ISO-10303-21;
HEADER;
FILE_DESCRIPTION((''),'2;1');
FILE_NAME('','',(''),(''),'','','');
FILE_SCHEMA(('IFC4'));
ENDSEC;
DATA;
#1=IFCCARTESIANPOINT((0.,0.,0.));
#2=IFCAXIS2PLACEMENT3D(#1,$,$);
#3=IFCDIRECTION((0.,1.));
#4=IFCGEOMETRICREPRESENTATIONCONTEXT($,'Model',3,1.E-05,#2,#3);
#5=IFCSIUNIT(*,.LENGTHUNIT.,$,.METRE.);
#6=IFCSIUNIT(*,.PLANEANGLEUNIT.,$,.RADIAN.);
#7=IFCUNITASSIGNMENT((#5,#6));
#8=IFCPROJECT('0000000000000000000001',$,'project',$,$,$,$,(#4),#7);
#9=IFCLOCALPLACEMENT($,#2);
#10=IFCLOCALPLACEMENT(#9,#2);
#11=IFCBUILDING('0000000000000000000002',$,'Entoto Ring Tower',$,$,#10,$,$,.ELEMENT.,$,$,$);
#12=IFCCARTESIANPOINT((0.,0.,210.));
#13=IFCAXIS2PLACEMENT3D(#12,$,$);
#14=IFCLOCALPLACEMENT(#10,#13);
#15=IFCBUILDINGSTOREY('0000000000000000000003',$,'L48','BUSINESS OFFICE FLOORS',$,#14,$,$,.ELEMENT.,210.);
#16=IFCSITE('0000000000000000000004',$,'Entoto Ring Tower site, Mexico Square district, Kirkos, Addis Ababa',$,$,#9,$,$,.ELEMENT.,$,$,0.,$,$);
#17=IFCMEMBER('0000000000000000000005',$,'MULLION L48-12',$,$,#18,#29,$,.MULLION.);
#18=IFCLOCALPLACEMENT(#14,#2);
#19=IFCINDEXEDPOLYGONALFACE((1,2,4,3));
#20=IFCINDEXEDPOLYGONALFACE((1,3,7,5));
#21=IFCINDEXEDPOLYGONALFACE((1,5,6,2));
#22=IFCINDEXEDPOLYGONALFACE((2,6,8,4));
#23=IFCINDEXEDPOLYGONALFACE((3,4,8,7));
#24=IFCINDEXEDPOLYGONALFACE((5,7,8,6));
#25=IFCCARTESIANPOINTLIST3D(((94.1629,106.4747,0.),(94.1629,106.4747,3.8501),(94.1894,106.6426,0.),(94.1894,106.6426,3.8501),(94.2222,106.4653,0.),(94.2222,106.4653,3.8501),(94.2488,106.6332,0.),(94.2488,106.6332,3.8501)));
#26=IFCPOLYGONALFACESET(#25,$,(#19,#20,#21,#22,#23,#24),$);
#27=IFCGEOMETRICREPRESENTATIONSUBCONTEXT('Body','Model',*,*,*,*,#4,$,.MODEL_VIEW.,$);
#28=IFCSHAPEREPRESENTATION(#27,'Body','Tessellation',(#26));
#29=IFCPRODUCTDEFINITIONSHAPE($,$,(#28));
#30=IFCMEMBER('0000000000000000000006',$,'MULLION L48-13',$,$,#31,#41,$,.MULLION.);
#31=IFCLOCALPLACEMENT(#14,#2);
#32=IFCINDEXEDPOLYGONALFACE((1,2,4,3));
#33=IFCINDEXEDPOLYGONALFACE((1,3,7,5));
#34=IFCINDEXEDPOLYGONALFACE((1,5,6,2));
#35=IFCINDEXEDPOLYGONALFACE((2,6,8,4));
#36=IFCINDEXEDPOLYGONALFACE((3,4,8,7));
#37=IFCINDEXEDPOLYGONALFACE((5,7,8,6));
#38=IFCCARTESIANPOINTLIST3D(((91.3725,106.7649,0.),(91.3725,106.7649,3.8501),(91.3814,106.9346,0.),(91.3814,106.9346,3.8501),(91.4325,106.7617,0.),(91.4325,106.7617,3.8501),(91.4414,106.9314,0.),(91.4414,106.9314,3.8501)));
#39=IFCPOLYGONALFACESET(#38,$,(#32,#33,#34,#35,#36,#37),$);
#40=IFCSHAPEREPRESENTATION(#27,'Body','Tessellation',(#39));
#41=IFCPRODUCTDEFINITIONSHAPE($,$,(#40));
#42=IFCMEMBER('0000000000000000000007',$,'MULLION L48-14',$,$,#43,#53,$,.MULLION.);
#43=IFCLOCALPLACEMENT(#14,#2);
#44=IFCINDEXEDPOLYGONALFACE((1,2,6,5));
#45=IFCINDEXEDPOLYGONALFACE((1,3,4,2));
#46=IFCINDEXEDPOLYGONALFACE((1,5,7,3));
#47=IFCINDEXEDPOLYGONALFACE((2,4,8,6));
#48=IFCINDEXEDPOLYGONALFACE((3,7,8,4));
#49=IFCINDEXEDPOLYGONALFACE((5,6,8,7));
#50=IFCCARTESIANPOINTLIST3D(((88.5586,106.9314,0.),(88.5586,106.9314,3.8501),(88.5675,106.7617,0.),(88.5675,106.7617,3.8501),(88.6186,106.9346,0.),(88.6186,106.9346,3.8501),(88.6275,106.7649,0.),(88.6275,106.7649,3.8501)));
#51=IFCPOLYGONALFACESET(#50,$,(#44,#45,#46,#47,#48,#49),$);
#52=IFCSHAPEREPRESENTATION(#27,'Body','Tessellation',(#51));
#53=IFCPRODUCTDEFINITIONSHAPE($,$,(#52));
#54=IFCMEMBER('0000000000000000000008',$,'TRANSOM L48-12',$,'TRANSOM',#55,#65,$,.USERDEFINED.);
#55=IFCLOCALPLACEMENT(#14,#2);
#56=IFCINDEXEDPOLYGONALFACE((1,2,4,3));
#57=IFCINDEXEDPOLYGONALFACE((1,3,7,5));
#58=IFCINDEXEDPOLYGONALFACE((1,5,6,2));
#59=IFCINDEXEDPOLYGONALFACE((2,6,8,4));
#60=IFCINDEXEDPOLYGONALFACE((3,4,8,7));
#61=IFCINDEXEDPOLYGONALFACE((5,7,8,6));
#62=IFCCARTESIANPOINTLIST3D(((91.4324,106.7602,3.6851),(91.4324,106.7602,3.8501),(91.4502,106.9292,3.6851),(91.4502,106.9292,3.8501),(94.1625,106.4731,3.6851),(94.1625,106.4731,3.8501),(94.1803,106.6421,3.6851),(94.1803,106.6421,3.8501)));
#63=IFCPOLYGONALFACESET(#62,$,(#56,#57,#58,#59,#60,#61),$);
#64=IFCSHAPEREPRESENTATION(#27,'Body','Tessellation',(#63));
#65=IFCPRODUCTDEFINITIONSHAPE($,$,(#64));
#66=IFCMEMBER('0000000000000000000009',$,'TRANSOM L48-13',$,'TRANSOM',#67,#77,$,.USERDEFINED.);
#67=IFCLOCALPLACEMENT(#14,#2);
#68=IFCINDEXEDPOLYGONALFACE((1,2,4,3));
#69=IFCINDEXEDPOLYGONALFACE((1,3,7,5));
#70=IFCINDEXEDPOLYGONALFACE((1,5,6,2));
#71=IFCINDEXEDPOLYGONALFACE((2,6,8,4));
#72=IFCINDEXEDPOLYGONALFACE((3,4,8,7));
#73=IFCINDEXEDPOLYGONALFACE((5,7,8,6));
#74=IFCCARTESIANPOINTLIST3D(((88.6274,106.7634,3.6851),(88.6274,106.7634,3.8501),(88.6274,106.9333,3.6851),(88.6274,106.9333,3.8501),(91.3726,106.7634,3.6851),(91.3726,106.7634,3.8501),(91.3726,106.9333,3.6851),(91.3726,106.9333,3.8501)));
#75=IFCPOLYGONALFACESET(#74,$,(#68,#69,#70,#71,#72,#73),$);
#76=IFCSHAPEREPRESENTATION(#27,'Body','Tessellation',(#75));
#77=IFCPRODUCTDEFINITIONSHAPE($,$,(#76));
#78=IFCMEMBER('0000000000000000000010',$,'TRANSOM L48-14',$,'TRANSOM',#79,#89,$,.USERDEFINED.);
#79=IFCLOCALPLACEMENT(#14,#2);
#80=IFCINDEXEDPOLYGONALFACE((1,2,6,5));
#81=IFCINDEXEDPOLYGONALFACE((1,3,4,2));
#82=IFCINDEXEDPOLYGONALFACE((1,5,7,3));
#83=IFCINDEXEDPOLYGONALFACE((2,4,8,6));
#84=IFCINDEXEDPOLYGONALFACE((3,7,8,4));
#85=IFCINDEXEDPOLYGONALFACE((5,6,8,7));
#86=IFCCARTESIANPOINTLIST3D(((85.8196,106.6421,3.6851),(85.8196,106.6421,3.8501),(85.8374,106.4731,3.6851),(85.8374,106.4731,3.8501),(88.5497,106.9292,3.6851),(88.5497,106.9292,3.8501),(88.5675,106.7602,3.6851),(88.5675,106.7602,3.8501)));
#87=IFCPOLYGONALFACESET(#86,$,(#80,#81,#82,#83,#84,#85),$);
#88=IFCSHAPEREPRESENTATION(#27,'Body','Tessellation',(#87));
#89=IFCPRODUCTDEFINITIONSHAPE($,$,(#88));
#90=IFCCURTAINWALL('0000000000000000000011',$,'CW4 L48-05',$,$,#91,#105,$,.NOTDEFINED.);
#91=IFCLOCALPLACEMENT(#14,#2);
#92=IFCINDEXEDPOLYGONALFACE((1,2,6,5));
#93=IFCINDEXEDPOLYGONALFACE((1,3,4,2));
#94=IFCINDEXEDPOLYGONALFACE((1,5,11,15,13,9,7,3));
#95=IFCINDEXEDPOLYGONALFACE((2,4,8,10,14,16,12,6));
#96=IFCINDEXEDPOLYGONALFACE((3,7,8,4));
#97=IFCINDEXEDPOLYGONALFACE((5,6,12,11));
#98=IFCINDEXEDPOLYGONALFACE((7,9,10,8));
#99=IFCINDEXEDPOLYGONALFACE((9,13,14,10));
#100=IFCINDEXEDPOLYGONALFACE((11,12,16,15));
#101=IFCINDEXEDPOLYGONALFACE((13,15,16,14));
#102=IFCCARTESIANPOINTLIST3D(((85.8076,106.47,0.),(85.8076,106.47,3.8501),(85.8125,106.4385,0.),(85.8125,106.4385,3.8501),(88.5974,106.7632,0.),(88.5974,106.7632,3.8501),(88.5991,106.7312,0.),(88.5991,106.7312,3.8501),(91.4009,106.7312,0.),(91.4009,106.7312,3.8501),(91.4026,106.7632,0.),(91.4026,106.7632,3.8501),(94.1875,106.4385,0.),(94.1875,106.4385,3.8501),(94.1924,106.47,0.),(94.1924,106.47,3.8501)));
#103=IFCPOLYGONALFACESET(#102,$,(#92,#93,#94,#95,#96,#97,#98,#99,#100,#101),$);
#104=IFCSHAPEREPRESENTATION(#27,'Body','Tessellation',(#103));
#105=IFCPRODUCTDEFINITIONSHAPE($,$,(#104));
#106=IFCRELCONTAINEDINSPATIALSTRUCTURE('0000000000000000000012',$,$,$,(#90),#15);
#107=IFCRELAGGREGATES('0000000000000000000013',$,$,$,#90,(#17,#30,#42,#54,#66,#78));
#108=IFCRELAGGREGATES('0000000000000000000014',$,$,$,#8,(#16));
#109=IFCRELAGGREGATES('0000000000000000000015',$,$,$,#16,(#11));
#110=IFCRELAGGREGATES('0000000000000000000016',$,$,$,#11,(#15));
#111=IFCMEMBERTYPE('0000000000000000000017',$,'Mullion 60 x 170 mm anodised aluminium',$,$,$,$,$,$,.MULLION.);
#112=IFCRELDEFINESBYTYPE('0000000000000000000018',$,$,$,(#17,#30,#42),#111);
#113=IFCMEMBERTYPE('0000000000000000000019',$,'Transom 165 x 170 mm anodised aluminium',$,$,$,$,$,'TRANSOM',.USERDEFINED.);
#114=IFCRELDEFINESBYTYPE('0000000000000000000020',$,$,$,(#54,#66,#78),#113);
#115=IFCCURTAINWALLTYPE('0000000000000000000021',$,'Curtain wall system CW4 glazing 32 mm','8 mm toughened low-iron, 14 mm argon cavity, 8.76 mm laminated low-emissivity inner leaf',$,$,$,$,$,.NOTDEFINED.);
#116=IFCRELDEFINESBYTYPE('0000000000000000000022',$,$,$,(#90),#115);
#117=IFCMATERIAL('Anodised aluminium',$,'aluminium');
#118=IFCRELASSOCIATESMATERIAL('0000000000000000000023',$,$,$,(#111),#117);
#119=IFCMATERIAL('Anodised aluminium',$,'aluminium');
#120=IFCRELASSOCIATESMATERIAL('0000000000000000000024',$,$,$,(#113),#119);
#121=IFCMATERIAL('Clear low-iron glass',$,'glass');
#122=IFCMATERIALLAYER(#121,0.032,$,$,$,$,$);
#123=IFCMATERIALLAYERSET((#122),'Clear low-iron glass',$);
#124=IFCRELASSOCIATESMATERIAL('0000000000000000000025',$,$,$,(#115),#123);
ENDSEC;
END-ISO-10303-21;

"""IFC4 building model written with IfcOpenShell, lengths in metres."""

from ifc_helpers import new_model, si_unit, direction, frame, origin, origin_2d, place, context, subcontext, project, spatial, polyline, rectangle, outline, extrude, material, layer, layer_set, material_profile, profile_set, type_object, element, aggregate, save


model = new_model("IFC4")

# Units and contexts
model_context = context("Model", 3, precision=1e-05, world=origin(), true_north=direction((0.0, 1.0)))
body_context = subcontext(model_context, "Body", "Model", "MODEL_VIEW")
ifc_project = project(units=[si_unit("LENGTHUNIT", "METRE"), si_unit("PLANEANGLEUNIT", "RADIAN")], contexts=[model_context])

# Members
ifc_material_1 = material(Name="Anodised aluminium", Category="aluminium")
ifc_material_profile_1 = material_profile(ifc_material_1, rectangle(XDim=0.0601, YDim=0.1699, at=origin_2d()), Name="Mullion 60 x 170 mm anodised aluminium")
ifc_profile_set_1 = profile_set([ifc_material_profile_1], Name="Anodised aluminium")
member_type_1 = type_object("IfcMemberType", Name="Mullion 60 x 170 mm anodised aluminium", PredefinedType="MULLION", material=ifc_profile_set_1)
site_placement = place(None, origin())
building_placement = place(site_placement, origin())
storey_placement = place(building_placement, frame((0.0, 0.0, 210.0)))
member_1_placement = place(storey_placement, frame((94.2058, 106.554, 0.0), z_axis=(0.0, 0.0, 1.0), x_axis=(-0.987688, 0.156434, 0.0)))
member_1 = element("IfcMember", 1, at=member_1_placement, type_object=member_type_1, Name="MULLION L48-12", PredefinedType="MULLION", context=body_context, shape_type="SweptSolid", body=[
    extrude(rectangle(XDim=0.0601, YDim=0.1699, at=origin_2d()), origin(), (0.0, 0.0, 1.0), 3.8501),
])
member_2_placement = place(storey_placement, frame((91.407, 106.8481, 0.0), z_axis=(0.0, 0.0, 1.0), x_axis=(-0.99863, 0.052336, 0.0)))
member_2 = element("IfcMember", 2, at=member_2_placement, type_object=member_type_1, Name="MULLION L48-13", PredefinedType="MULLION", context=body_context, shape_type="SweptSolid", body=[
    extrude(rectangle(XDim=0.0601, YDim=0.1699, at=origin_2d()), origin(), (0.0, 0.0, 1.0), 3.8501),
])
member_3_placement = place(storey_placement, frame((88.593, 106.8481, 0.0), z_axis=(0.0, 0.0, 1.0), x_axis=(-0.99863, -0.052336, 0.0)))
member_3 = element("IfcMember", 3, at=member_3_placement, type_object=member_type_1, Name="MULLION L48-14", PredefinedType="MULLION", context=body_context, shape_type="SweptSolid", body=[
    extrude(rectangle(XDim=0.0601, YDim=0.1699, at=origin_2d()), origin(), (0.0, 0.0, 1.0), 3.8501),
])
ifc_material_2 = material(Name="Anodised aluminium", Category="aluminium")
ifc_material_profile_2 = material_profile(ifc_material_2, rectangle(XDim=0.1699, YDim=0.165, at=origin_2d()), Name="Transom 165 x 170 mm anodised aluminium")
ifc_profile_set_2 = profile_set([ifc_material_profile_2], Name="Anodised aluminium")
member_type_2 = type_object("IfcMemberType", Name="Transom 165 x 170 mm anodised aluminium", ElementType="TRANSOM", PredefinedType="USERDEFINED", material=ifc_profile_set_2)
member_4_placement = place(storey_placement, frame((94.1714, 106.5576, 3.7676), z_axis=(-0.994515, 0.104592, 0.0), x_axis=(-0.104592, -0.994515, 0.0)))
member_4 = element("IfcMember", 4, at=member_4_placement, type_object=member_type_2, Name="TRANSOM L48-12", ObjectType="TRANSOM", PredefinedType="USERDEFINED", context=body_context, shape_type="SweptSolid", body=[
    extrude(rectangle(XDim=0.1699, YDim=0.165, at=origin_2d()), origin(), (0.0, 0.0, 1.0), 2.7451),
])
member_5_placement = place(storey_placement, frame((91.3726, 106.8484, 3.7676), z_axis=(-1.0, 0.0, 0.0), x_axis=(0.0, -1.0, 0.0)))
member_5 = element("IfcMember", 5, at=member_5_placement, type_object=member_type_2, Name="TRANSOM L48-13", ObjectType="TRANSOM", PredefinedType="USERDEFINED", context=body_context, shape_type="SweptSolid", body=[
    extrude(rectangle(XDim=0.1699, YDim=0.165, at=origin_2d()), origin(), (0.0, 0.0, 1.0), 2.7451),
])
member_6_placement = place(storey_placement, frame((88.5586, 106.8447, 3.7676), z_axis=(-0.994515, -0.104592, 0.0), x_axis=(0.104592, -0.994515, 0.0)))
member_6 = element("IfcMember", 6, at=member_6_placement, type_object=member_type_2, Name="TRANSOM L48-14", ObjectType="TRANSOM", PredefinedType="USERDEFINED", context=body_context, shape_type="SweptSolid", body=[
    extrude(rectangle(XDim=0.1699, YDim=0.165, at=origin_2d()), origin(), (0.0, 0.0, 1.0), 2.7451),
])

# Site, building, storey
site = spatial("IfcSite", under=ifc_project, at=site_placement, Name="Entoto Ring Tower site, Mexico Square district, Kirkos, Addis Ababa", CompositionType="ELEMENT", RefElevation=0.0)
building = spatial("IfcBuilding", under=site, at=building_placement, Name="Entoto Ring Tower", CompositionType="ELEMENT")
storey = spatial("IfcBuildingStorey", under=building, at=storey_placement, Name="L48", Description="BUSINESS OFFICE FLOORS", CompositionType="ELEMENT", Elevation=210.0)

# Curtain wall
ifc_material_3 = material(Name="Clear low-iron glass", Category="glass")
ifc_layer = layer(ifc_material_3, 0.032)
ifc_layer_set = layer_set([ifc_layer], Name="Clear low-iron glass")
curtain_wall_type = type_object("IfcCurtainWallType", Name="Curtain wall system CW4 glazing 32 mm", Description="8 mm toughened low-iron, 14 mm argon cavity, 8.76 mm laminated low-emissivity inner leaf", PredefinedType="NOTDEFINED", material=ifc_layer_set)
curtain_wall_1_placement = place(storey_placement, origin())
curtain_wall_1 = element("IfcCurtainWall", 7, at=curtain_wall_1_placement, inside=storey, type_object=curtain_wall_type, Name="CW4 L48-05", PredefinedType="NOTDEFINED", context=body_context, shape_type="SweptSolid", body=[
    extrude(outline(polyline([(94.1924, 106.47), (91.4026, 106.7632), (88.5974, 106.7632), (85.8076, 106.47), (85.8125, 106.4385), (88.5991, 106.7312), (91.4009, 106.7312), (94.1875, 106.4385), (94.1924, 106.47)])), origin(), (0.0, 0.0, 1.0), 3.8501),
])
aggregate(curtain_wall_1, [member_1, member_2, member_3, member_4, member_5, member_6])

save(model, "model.ifc")
